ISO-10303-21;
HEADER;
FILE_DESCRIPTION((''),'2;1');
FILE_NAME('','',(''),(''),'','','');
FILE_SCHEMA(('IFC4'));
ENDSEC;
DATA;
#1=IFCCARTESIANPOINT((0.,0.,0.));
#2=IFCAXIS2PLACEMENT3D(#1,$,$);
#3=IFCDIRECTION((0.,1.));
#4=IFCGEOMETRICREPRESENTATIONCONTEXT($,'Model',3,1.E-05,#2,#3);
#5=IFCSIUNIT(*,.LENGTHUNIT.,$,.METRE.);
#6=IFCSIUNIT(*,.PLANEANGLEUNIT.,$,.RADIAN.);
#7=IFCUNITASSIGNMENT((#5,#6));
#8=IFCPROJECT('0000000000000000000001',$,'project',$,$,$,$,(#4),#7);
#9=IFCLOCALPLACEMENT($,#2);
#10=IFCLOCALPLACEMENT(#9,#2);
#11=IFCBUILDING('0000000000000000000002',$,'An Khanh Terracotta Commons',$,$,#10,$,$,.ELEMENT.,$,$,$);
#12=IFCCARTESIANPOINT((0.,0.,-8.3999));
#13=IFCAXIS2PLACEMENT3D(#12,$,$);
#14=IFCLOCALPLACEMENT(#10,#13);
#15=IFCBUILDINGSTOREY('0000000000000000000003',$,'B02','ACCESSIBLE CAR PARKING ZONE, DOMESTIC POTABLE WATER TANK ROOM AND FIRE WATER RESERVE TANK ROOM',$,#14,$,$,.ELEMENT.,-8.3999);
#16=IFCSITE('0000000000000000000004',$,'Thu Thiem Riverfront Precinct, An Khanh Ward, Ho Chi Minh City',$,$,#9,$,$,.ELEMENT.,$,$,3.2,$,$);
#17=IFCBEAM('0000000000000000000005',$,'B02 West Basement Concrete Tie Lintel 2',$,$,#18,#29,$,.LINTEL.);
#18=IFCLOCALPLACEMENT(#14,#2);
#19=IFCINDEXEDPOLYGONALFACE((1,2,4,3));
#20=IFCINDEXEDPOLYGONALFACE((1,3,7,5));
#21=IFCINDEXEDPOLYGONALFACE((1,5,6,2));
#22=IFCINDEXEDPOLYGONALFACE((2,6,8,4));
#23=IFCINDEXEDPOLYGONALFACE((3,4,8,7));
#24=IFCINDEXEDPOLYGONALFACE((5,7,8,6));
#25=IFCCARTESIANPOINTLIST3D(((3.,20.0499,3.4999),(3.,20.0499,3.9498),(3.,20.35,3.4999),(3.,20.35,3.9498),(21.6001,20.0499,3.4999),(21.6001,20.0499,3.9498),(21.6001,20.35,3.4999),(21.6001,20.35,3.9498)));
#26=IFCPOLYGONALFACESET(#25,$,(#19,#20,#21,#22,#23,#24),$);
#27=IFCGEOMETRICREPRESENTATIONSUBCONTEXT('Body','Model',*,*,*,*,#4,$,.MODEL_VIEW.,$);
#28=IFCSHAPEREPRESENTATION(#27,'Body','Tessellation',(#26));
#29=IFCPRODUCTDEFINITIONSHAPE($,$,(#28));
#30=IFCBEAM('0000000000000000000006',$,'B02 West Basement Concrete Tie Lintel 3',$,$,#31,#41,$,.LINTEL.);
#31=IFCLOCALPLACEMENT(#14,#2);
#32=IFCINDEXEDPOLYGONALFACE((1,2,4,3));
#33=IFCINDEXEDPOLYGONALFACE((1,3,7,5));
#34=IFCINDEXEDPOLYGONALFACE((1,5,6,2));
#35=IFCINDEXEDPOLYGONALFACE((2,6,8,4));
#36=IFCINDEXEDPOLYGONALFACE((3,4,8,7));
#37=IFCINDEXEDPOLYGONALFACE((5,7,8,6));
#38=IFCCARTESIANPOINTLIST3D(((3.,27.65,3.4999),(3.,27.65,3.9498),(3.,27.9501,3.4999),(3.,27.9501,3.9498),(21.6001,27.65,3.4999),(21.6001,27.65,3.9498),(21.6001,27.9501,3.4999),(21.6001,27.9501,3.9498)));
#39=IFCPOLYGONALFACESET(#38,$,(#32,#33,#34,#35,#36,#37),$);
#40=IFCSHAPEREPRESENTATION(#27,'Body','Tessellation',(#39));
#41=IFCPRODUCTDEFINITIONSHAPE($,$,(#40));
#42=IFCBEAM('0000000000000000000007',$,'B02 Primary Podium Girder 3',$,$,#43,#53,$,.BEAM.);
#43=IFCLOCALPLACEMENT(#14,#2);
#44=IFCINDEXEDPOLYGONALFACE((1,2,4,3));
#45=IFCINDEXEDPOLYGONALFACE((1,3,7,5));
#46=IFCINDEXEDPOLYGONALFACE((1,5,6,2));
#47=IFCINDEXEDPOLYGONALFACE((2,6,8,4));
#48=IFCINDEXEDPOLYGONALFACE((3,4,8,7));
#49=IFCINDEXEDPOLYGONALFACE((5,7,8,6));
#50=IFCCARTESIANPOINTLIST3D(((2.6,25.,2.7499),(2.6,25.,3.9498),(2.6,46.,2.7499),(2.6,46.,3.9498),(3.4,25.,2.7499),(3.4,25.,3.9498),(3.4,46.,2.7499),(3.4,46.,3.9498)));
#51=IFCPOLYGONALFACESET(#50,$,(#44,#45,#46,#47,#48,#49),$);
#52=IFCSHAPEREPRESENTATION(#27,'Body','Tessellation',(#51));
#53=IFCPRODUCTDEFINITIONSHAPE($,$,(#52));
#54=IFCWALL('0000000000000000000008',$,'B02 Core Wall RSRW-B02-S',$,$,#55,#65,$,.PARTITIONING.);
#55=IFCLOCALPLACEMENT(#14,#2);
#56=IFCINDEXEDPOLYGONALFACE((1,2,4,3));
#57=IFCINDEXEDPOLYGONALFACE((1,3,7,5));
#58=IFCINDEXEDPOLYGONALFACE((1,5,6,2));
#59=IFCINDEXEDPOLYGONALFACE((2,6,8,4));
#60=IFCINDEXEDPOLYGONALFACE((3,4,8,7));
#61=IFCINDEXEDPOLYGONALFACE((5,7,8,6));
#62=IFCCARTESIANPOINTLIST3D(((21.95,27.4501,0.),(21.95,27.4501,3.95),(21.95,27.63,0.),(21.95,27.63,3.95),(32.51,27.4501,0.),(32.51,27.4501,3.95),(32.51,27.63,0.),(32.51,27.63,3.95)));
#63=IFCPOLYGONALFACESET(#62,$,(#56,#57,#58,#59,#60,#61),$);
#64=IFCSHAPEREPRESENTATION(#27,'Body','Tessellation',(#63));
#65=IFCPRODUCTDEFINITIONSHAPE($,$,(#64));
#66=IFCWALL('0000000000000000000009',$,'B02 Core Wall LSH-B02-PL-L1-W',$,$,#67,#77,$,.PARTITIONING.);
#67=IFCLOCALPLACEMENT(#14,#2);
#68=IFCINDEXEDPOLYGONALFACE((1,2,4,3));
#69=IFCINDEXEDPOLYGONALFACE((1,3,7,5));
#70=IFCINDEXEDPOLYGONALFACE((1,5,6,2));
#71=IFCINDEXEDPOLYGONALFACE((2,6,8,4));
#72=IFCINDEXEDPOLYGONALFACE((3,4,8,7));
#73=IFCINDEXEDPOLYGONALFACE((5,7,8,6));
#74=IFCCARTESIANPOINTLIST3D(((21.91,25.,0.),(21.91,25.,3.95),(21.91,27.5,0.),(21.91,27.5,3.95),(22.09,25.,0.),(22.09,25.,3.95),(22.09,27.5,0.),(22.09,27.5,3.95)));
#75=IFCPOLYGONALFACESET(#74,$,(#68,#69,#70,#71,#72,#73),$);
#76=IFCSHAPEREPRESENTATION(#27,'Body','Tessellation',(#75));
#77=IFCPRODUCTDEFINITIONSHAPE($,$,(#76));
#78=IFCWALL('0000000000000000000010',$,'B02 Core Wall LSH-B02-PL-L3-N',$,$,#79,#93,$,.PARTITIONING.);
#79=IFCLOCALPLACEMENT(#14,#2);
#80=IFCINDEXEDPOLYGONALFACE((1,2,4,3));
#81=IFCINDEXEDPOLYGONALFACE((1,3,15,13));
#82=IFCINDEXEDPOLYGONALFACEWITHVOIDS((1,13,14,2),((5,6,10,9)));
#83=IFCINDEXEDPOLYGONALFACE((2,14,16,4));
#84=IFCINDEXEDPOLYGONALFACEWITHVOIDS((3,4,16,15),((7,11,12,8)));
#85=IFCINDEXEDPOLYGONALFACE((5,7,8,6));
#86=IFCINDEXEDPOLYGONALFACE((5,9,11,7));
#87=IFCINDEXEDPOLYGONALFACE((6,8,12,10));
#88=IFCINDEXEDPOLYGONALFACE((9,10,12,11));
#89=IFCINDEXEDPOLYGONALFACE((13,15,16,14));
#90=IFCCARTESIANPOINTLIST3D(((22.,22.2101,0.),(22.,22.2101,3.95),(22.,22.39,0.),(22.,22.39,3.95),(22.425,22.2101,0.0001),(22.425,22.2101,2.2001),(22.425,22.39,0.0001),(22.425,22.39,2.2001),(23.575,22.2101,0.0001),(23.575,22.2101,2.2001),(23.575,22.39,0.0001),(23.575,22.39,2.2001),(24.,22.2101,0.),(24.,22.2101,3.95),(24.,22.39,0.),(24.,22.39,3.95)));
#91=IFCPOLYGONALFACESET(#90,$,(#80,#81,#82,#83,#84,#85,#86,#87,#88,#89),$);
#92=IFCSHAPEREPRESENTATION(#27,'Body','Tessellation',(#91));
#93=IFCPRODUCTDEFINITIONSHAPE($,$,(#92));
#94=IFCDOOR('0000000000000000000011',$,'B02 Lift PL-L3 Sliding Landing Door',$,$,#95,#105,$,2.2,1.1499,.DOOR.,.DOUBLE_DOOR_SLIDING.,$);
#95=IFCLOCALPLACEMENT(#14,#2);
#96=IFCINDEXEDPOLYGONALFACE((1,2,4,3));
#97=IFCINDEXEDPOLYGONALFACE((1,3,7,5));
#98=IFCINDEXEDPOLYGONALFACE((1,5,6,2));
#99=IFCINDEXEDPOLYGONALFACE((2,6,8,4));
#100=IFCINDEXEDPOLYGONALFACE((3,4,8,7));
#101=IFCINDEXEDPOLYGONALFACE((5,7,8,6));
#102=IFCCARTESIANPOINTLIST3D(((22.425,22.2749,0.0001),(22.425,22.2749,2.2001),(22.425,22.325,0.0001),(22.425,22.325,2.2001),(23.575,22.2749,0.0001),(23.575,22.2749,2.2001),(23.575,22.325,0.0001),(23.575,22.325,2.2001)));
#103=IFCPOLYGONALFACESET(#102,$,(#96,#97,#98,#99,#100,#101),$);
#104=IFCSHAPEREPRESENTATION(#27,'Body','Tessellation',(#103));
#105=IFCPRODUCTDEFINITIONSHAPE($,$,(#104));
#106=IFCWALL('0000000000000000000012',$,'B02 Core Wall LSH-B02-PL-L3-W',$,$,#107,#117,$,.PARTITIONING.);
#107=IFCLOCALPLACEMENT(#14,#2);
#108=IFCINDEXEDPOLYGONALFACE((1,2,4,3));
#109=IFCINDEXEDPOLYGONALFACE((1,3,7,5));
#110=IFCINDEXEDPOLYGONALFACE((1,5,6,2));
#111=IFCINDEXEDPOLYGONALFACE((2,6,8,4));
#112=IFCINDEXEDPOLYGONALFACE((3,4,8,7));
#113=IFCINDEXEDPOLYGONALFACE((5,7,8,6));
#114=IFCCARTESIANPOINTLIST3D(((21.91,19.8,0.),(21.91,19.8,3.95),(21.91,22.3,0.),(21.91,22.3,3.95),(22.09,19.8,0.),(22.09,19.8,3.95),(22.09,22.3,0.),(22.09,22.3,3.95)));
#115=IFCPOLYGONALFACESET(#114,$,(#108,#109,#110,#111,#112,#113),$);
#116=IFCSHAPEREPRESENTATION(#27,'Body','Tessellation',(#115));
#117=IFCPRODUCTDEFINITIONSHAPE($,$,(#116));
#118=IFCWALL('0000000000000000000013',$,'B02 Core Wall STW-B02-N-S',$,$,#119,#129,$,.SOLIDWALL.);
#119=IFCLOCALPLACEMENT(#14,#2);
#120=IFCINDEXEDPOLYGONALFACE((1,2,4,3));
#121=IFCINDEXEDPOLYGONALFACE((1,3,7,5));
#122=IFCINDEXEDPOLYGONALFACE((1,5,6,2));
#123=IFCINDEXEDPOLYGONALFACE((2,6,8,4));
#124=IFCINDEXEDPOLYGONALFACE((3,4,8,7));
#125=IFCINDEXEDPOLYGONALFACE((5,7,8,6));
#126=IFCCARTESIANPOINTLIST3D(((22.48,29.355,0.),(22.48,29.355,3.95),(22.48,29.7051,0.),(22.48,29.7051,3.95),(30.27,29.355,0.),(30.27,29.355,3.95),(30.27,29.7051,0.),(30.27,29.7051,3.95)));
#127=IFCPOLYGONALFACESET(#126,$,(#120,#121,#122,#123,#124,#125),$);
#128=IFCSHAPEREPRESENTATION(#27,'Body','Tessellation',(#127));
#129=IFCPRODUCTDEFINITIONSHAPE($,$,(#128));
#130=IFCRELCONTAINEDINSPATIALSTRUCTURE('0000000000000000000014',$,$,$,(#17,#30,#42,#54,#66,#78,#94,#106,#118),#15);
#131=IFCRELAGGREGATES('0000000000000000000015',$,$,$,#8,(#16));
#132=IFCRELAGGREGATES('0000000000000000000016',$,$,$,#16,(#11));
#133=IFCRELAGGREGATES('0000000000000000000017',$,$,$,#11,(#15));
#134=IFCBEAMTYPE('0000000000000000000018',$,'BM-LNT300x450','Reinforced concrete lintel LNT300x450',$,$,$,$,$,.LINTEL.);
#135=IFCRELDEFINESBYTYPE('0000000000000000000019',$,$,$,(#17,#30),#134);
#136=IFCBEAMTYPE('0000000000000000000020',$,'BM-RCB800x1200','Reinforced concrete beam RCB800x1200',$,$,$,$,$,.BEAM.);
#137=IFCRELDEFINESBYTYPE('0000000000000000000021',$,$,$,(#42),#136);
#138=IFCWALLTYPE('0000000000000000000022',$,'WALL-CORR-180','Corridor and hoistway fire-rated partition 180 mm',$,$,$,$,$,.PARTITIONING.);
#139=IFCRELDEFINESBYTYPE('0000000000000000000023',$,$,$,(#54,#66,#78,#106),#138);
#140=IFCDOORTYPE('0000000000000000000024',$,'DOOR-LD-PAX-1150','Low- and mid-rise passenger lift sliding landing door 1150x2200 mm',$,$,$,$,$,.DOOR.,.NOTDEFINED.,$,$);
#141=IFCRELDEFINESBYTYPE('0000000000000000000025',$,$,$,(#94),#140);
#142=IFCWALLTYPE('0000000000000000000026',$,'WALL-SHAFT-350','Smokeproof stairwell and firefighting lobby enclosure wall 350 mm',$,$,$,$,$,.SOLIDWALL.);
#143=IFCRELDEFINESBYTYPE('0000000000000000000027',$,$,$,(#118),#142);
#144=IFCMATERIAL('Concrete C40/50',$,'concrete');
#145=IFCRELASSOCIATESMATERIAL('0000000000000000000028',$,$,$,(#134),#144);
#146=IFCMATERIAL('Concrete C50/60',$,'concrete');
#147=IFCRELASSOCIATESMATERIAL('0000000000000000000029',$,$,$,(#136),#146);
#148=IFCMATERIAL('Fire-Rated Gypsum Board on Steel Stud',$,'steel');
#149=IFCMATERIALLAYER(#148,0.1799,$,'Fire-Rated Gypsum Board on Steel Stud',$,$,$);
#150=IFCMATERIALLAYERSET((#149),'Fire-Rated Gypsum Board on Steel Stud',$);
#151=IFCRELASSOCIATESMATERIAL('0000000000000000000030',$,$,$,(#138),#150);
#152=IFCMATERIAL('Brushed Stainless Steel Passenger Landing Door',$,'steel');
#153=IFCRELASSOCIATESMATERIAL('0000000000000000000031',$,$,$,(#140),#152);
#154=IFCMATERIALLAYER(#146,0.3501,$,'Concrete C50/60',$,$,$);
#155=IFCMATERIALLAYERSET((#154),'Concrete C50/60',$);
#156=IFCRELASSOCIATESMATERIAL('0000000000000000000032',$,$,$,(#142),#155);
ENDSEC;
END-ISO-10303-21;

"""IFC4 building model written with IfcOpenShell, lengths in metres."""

from ifc_helpers import new_model, si_unit, direction, frame, frame_2d, origin, origin_2d, place, context, subcontext, project, spatial, rectangle, extrude, material, layer, layer_set, material_profile, profile_set, type_object, element, fill, save


model = new_model("IFC4")

# Units and contexts
model_context = context("Model", 3, precision=1e-05, world=origin(), true_north=direction((0.0, 1.0)))
body_context = subcontext(model_context, "Body", "Model", "MODEL_VIEW")
ifc_project = project(units=[si_unit("LENGTHUNIT", "METRE"), si_unit("PLANEANGLEUNIT", "RADIAN")], contexts=[model_context])

# Site, building, storey
site_placement = place(None, origin())
site = spatial("IfcSite", under=ifc_project, at=site_placement, Name="Thu Thiem Riverfront Precinct, An Khanh Ward, Ho Chi Minh City", CompositionType="ELEMENT", RefElevation=3.2)
building_placement = place(site_placement, origin())
building = spatial("IfcBuilding", under=site, at=building_placement, Name="An Khanh Terracotta Commons", CompositionType="ELEMENT")
storey_placement = place(building_placement, frame((0.0, 0.0, -8.3999)))
storey = spatial("IfcBuildingStorey", under=building, at=storey_placement, Name="B02", Description="ACCESSIBLE CAR PARKING ZONE, DOMESTIC POTABLE WATER TANK ROOM AND FIRE WATER RESERVE TANK ROOM", CompositionType="ELEMENT", Elevation=-8.3999)

# Shared definitions
ifc_material_1 = material(Name="Concrete C50/60", Category="concrete")

# Beams
ifc_material_2 = material(Name="Concrete C40/50", Category="concrete")
ifc_material_profile_1 = material_profile(ifc_material_2, rectangle(XDim=0.3, YDim=0.45, at=origin_2d()), Name="LNT300x450")
ifc_profile_set_1 = profile_set([ifc_material_profile_1], Name="Concrete C40/50")
beam_type_1 = type_object("IfcBeamType", Name="BM-LNT300x450", Description="Reinforced concrete lintel LNT300x450", PredefinedType="LINTEL", material=ifc_profile_set_1)
for number, where, z_axis, x_axis, name in (
    (1, (3.0, 20.2, 3.7249), (1.0, 0.0, 0.0), (0.0, 1.0, 0.0), "B02 West Basement Concrete Tie Lintel 2"),
    (2, (3.0, 27.8, 3.7249), (1.0, 0.0, 0.0), (0.0, 1.0, 0.0), "B02 West Basement Concrete Tie Lintel 3"),
):
    element("IfcBeam", number, at=place(storey_placement, frame(where, z_axis=z_axis, x_axis=x_axis)), inside=storey, type_object=beam_type_1, Name=name, PredefinedType="LINTEL", context=body_context, shape_type="SweptSolid", body=[
        extrude(rectangle(XDim=0.3, YDim=0.45, at=origin_2d()), origin(), (0.0, 0.0, 1.0), 18.6001),
    ])
ifc_material_profile_2 = material_profile(ifc_material_1, rectangle(XDim=0.8, YDim=1.2, at=origin_2d()), Name="RCB800x1200")
ifc_profile_set_2 = profile_set([ifc_material_profile_2], Name="Concrete C50/60")
beam_type_2 = type_object("IfcBeamType", Name="BM-RCB800x1200", Description="Reinforced concrete beam RCB800x1200", PredefinedType="BEAM", material=ifc_profile_set_2)
beam_placement = place(storey_placement, frame((3.0, 25.0, 3.3499), z_axis=(0.0, 1.0, 0.0), x_axis=(-1.0, 0.0, 0.0)))
element("IfcBeam", 3, at=beam_placement, inside=storey, type_object=beam_type_2, Name="B02 Primary Podium Girder 3", PredefinedType="BEAM", context=body_context, shape_type="SweptSolid", body=[
    extrude(rectangle(XDim=0.8, YDim=1.2, at=origin_2d()), origin(), (0.0, 0.0, 1.0), 21.0),
])

# Walls
ifc_material_3 = material(Name="Fire-Rated Gypsum Board on Steel Stud", Category="steel")
ifc_layer_1 = layer(ifc_material_3, 0.1799, Name="Fire-Rated Gypsum Board on Steel Stud")
ifc_layer_set_1 = layer_set([ifc_layer_1], Name="Fire-Rated Gypsum Board on Steel Stud")
wall_type_1 = type_object("IfcWallType", Name="WALL-CORR-180", Description="Corridor and hoistway fire-rated partition 180 mm", PredefinedType="PARTITIONING", material=ifc_layer_set_1)
wall_1_placement = place(storey_placement, frame((21.95, 27.54, 0.0), z_axis=(0.0, 0.0, 1.0), x_axis=(1.0, 0.0, 0.0)))
element("IfcWall", 4, at=wall_1_placement, inside=storey, type_object=wall_type_1, Name="B02 Core Wall RSRW-B02-S", PredefinedType="PARTITIONING", context=body_context, shape_type="SweptSolid", body=[
    extrude(rectangle(XDim=10.5601, YDim=0.1799, at=frame_2d((5.28, 0.0))), origin(), (0.0, 0.0, 1.0), 3.95),
])
wall_2_placement = place(storey_placement, frame((22.0, 27.5, 0.0), z_axis=(0.0, 0.0, 1.0), x_axis=(0.0, -1.0, 0.0)))
element("IfcWall", 5, at=wall_2_placement, inside=storey, type_object=wall_type_1, Name="B02 Core Wall LSH-B02-PL-L1-W", PredefinedType="PARTITIONING", context=body_context, shape_type="SweptSolid", body=[
    extrude(rectangle(XDim=2.5, YDim=0.1799, at=frame_2d((1.25, 0.0))), origin(), (0.0, 0.0, 1.0), 3.95),
])

# Wall, opening, door
wall_3_placement = place(storey_placement, frame((22.0, 22.3, 0.0), z_axis=(0.0, 0.0, 1.0), x_axis=(1.0, 0.0, 0.0)))
wall_3 = element("IfcWall", 6, at=wall_3_placement, inside=storey, type_object=wall_type_1, Name="B02 Core Wall LSH-B02-PL-L3-N", PredefinedType="PARTITIONING", context=body_context, shape_type="SweptSolid", body=[
    extrude(rectangle(XDim=2.0, YDim=0.1799, at=frame_2d((1.0, 0.0))), origin(), (0.0, 0.0, 1.0), 3.95),
])
opening_placement = place(wall_3_placement, frame((0.425, 0.0, 0.0)))
opening = element("IfcOpeningElement", 7, at=opening_placement, cuts=wall_3, PredefinedType="OPENING", context=body_context, shape_type="SweptSolid", body=[
    extrude(rectangle(XDim=1.1499, YDim=2.2, at=frame_2d((0.575, 1.1001))), frame((0.0, 0.0999, 0.0), z_axis=(0.0, -1.0, 0.0), x_axis=(1.0, 0.0, 0.0)), (0.0, 0.0, 1.0), 0.2),
])
ifc_material_4 = material(Name="Brushed Stainless Steel Passenger Landing Door", Category="steel")
door_type = type_object("IfcDoorType", Name="DOOR-LD-PAX-1150", Description="Low- and mid-rise passenger lift sliding landing door 1150x2200 mm", OperationType="NOTDEFINED", PredefinedType="DOOR", material=ifc_material_4)
door_placement = place(opening_placement, origin())
door = element("IfcDoor", 8, at=door_placement, inside=storey, type_object=door_type, Name="B02 Lift PL-L3 Sliding Landing Door", OperationType="DOUBLE_DOOR_SLIDING", OverallHeight=2.2, OverallWidth=1.1499, PredefinedType="DOOR", context=body_context, shape_type="SweptSolid", body=[
    extrude(rectangle(XDim=1.1499, YDim=2.2, at=frame_2d((0.575, 1.1001))), frame((0.0, 0.0249, 0.0), z_axis=(0.0, -1.0, 0.0), x_axis=(1.0, 0.0, 0.0)), (0.0, 0.0, 1.0), 0.05),
])
fill(opening, door)

# Walls
wall_4_placement = place(storey_placement, frame((22.0, 22.3, 0.0), z_axis=(0.0, 0.0, 1.0), x_axis=(0.0, -1.0, 0.0)))
element("IfcWall", 9, at=wall_4_placement, inside=storey, type_object=wall_type_1, Name="B02 Core Wall LSH-B02-PL-L3-W", PredefinedType="PARTITIONING", context=body_context, shape_type="SweptSolid", body=[
    extrude(rectangle(XDim=2.5, YDim=0.1799, at=frame_2d((1.25, 0.0))), origin(), (0.0, 0.0, 1.0), 3.95),
])
ifc_layer_2 = layer(ifc_material_1, 0.3501, Name="Concrete C50/60")
ifc_layer_set_2 = layer_set([ifc_layer_2], Name="Concrete C50/60")
wall_type_2 = type_object("IfcWallType", Name="WALL-SHAFT-350", Description="Smokeproof stairwell and firefighting lobby enclosure wall 350 mm", PredefinedType="SOLIDWALL", material=ifc_layer_set_2)
wall_5_placement = place(storey_placement, frame((22.48, 29.53, 0.0), z_axis=(0.0, 0.0, 1.0), x_axis=(1.0, 0.0, 0.0)))
element("IfcWall", 10, at=wall_5_placement, inside=storey, type_object=wall_type_2, Name="B02 Core Wall STW-B02-N-S", PredefinedType="SOLIDWALL", context=body_context, shape_type="SweptSolid", body=[
    extrude(rectangle(XDim=7.79, YDim=0.3501, at=frame_2d((3.895, 0.0))), origin(), (0.0, 0.0, 1.0), 3.95),
])

save(model, "model.ifc")
